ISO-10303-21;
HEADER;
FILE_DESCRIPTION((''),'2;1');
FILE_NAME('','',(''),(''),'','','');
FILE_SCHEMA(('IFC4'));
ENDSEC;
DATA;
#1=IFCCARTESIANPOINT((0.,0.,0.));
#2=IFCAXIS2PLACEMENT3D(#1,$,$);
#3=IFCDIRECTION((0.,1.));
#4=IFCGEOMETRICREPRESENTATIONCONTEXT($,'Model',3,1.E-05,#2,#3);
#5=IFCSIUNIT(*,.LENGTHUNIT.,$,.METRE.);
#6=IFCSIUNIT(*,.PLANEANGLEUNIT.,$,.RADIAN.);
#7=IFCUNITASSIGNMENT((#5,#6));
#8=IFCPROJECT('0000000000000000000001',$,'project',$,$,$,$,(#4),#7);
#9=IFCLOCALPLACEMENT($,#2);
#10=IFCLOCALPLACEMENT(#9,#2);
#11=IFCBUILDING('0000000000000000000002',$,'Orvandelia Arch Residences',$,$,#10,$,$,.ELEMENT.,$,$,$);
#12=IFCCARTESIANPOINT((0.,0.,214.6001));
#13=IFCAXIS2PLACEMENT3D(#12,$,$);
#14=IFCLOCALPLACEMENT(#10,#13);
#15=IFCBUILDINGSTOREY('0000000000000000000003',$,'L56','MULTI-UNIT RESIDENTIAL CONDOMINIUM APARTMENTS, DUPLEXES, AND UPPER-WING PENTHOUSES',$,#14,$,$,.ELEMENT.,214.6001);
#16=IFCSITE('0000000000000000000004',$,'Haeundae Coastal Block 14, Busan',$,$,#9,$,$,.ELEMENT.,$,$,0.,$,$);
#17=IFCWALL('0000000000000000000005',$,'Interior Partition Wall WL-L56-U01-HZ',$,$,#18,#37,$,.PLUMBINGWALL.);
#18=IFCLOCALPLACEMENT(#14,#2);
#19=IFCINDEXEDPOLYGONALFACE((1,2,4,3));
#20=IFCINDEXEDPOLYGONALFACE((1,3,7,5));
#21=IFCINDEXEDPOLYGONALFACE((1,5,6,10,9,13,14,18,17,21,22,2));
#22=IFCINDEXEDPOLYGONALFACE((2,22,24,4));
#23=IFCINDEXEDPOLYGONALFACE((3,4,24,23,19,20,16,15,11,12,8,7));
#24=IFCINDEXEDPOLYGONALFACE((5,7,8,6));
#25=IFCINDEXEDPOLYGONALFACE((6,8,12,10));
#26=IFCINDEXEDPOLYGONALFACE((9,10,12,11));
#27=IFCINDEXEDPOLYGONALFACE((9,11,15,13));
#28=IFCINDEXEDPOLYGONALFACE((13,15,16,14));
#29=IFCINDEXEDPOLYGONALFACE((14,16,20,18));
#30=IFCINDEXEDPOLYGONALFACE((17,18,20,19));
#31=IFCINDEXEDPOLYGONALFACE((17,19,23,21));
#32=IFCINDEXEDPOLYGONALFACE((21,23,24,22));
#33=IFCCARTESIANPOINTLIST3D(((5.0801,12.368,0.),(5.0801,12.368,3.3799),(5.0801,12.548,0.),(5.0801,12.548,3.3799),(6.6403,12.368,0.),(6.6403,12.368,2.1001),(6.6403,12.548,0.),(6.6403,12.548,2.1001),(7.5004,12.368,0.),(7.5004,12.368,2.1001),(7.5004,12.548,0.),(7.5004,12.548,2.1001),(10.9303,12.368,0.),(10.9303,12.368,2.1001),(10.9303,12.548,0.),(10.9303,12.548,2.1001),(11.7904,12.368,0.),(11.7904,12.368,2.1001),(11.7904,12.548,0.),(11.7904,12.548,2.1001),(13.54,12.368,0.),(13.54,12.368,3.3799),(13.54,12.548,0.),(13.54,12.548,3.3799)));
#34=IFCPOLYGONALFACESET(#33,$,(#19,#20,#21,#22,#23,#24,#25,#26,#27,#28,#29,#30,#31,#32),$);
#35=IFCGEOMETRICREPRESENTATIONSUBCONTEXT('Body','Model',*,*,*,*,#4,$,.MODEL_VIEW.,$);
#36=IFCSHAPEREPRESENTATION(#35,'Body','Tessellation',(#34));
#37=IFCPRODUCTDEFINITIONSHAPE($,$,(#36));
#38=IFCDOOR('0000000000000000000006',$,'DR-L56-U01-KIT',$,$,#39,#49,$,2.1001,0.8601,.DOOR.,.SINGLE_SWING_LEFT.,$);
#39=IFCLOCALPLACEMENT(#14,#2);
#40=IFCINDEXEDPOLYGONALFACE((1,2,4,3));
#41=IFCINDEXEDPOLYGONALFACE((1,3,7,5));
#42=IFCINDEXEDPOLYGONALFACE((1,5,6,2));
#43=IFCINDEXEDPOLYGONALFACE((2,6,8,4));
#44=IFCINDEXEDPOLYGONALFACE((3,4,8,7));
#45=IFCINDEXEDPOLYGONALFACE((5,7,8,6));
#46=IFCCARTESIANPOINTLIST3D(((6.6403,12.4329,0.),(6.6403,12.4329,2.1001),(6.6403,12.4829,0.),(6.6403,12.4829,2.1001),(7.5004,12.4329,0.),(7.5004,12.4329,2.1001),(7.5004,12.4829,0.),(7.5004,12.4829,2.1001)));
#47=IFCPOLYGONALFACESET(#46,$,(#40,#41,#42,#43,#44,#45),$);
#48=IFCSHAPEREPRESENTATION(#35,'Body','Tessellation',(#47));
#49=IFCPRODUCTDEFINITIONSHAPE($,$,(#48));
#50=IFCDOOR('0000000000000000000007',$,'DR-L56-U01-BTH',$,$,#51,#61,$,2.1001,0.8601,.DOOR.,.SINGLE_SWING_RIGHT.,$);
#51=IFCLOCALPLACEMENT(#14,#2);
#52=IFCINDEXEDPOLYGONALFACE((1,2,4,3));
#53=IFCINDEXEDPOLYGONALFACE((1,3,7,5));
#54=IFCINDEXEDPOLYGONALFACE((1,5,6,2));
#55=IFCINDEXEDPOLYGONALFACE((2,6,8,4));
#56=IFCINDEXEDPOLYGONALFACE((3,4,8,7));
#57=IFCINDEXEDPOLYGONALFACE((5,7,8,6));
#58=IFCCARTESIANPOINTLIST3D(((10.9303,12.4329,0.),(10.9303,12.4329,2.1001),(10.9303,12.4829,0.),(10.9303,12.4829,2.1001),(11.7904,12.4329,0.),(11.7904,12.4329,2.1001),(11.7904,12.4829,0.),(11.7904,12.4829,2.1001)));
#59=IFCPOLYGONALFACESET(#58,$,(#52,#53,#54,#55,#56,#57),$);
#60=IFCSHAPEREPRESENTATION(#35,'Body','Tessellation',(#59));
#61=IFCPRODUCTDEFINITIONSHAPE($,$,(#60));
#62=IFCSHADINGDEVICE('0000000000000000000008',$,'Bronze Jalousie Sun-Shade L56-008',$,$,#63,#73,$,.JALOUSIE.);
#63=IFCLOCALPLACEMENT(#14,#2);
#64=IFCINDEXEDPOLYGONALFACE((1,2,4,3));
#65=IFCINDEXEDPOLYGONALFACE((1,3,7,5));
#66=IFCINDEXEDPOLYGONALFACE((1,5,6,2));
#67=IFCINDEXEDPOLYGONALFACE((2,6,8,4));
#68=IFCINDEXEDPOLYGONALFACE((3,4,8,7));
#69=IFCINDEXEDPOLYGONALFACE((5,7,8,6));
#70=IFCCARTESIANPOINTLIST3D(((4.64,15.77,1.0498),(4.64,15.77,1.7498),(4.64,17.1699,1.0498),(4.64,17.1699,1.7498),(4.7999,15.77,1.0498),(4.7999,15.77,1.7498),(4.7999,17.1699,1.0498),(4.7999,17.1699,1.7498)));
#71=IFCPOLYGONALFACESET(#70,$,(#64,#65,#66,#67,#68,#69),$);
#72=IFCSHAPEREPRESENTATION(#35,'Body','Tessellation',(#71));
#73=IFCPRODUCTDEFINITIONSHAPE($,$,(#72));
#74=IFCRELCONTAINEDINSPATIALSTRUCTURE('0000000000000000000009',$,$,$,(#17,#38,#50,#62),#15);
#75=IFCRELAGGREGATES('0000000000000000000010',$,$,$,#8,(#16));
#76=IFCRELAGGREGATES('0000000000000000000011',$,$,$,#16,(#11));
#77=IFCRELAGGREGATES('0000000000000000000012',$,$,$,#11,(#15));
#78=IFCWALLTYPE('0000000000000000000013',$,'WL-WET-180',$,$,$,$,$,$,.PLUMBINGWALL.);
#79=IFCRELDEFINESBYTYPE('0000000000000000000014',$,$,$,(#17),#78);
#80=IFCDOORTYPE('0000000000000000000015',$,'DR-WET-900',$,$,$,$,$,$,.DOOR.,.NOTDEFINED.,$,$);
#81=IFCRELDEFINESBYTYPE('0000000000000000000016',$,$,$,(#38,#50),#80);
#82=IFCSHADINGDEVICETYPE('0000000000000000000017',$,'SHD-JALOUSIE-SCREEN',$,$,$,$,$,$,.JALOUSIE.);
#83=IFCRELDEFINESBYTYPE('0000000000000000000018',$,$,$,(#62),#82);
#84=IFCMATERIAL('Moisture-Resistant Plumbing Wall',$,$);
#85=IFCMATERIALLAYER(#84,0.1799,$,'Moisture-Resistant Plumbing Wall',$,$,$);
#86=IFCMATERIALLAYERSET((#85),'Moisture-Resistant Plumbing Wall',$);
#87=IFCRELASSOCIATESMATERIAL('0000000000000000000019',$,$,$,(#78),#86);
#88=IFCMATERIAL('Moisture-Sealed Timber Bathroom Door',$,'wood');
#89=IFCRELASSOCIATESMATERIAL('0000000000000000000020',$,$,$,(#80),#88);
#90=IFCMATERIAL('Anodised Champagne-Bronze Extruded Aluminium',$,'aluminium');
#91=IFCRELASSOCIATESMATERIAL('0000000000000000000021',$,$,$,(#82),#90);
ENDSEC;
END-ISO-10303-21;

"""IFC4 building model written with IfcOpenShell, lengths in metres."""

from ifc_helpers import new_model, si_unit, direction, frame, frame_2d, origin, origin_2d, place, context, subcontext, project, spatial, rectangle, extrude, material, layer, layer_set, type_object, element, fill, save


model = new_model("IFC4")

# Units and contexts
model_context = context("Model", 3, precision=1e-05, world=origin(), true_north=direction((0.0, 1.0)))
body_context = subcontext(model_context, "Body", "Model", "MODEL_VIEW")
ifc_project = project(units=[si_unit("LENGTHUNIT", "METRE"), si_unit("PLANEANGLEUNIT", "RADIAN")], contexts=[model_context])

# Site, building, storey
site_placement = place(None, origin())
site = spatial("IfcSite", under=ifc_project, at=site_placement, Name="Haeundae Coastal Block 14, Busan", CompositionType="ELEMENT", RefElevation=0.0)
building_placement = place(site_placement, origin())
building = spatial("IfcBuilding", under=site, at=building_placement, Name="Orvandelia Arch Residences", CompositionType="ELEMENT")
storey_placement = place(building_placement, frame((0.0, 0.0, 214.6001)))
storey = spatial("IfcBuildingStorey", under=building, at=storey_placement, Name="L56", Description="MULTI-UNIT RESIDENTIAL CONDOMINIUM APARTMENTS, DUPLEXES, AND UPPER-WING PENTHOUSES", CompositionType="ELEMENT", Elevation=214.6001)

# Wall, openings, doors
ifc_material_1 = material(Name="Moisture-Resistant Plumbing Wall")
ifc_layer_1 = layer(ifc_material_1, 0.1799, Name="Moisture-Resistant Plumbing Wall")
ifc_layer_set_1 = layer_set([ifc_layer_1], Name="Moisture-Resistant Plumbing Wall")
wall_type_1 = type_object("IfcWallType", Name="WL-WET-180", PredefinedType="PLUMBINGWALL", material=ifc_layer_set_1)
wall_1_placement = place(storey_placement, frame((5.0801, 12.458, 0.0), z_axis=(0.0, 0.0, 1.0), x_axis=(1.0, 0.0, 0.0)))
wall_1 = element("IfcWall", 1, at=wall_1_placement, inside=storey, type_object=wall_type_1, Name="Interior Partition Wall WL-L56-U01-HZ", PredefinedType="PLUMBINGWALL", context=body_context, shape_type="SweptSolid", body=[
    extrude(rectangle(XDim=8.46, YDim=0.1799, at=frame_2d((4.23, 0.0))), origin(), (0.0, 0.0, 1.0), 3.3799),
])
opening_1_placement = place(wall_1_placement, frame((1.5601, 0.0, 0.0)))
opening_1 = element("IfcOpeningElement", 2, at=opening_1_placement, cuts=wall_1, PredefinedType="OPENING", context=body_context, shape_type="SweptSolid", body=[
    extrude(rectangle(XDim=0.8601, YDim=2.1001, at=frame_2d((0.4302, 1.05))), frame((0.0, 0.1001, 0.0), z_axis=(0.0, -1.0, 0.0), x_axis=(1.0, 0.0, 0.0)), (0.0, 0.0, 1.0), 0.2),
])
opening_2_placement = place(wall_1_placement, frame((5.8501, 0.0, 0.0)))
opening_2 = element("IfcOpeningElement", 3, at=opening_2_placement, cuts=wall_1, PredefinedType="OPENING", context=body_context, shape_type="SweptSolid", body=[
    extrude(rectangle(XDim=0.8601, YDim=2.1001, at=frame_2d((0.4302, 1.05))), frame((0.0, 0.1001, 0.0), z_axis=(0.0, -1.0, 0.0), x_axis=(1.0, 0.0, 0.0)), (0.0, 0.0, 1.0), 0.2),
])
ifc_material_2 = material(Name="Moisture-Sealed Timber Bathroom Door", Category="wood")
door_type_1 = type_object("IfcDoorType", Name="DR-WET-900", OperationType="NOTDEFINED", PredefinedType="DOOR", material=ifc_material_2)
door_1_placement = place(opening_1_placement, origin())
door_1 = element("IfcDoor", 4, at=door_1_placement, inside=storey, type_object=door_type_1, Name="DR-L56-U01-KIT", OperationType="SINGLE_SWING_LEFT", OverallHeight=2.1001, OverallWidth=0.8601, PredefinedType="DOOR", context=body_context, shape_type="SweptSolid", body=[
    extrude(rectangle(XDim=0.8601, YDim=2.1001, at=frame_2d((0.4302, 1.05))), frame((0.0, 0.0249, 0.0), z_axis=(0.0, -1.0, 0.0), x_axis=(1.0, 0.0, 0.0)), (0.0, 0.0, 1.0), 0.05),
])
fill(opening_1, door_1)
door_2_placement = place(opening_2_placement, origin())
door_2 = element("IfcDoor", 5, at=door_2_placement, inside=storey, type_object=door_type_1, Name="DR-L56-U01-BTH", OperationType="SINGLE_SWING_RIGHT", OverallHeight=2.1001, OverallWidth=0.8601, PredefinedType="DOOR", context=body_context, shape_type="SweptSolid", body=[
    extrude(rectangle(XDim=0.8601, YDim=2.1001, at=frame_2d((0.4302, 1.05))), frame((0.0, 0.0249, 0.0), z_axis=(0.0, -1.0, 0.0), x_axis=(1.0, 0.0, 0.0)), (0.0, 0.0, 1.0), 0.05),
])
fill(opening_2, door_2)

# Shading device
ifc_material_3 = material(Name="Anodised Champagne-Bronze Extruded Aluminium", Category="aluminium")
shading_device_type = type_object("IfcShadingDeviceType", Name="SHD-JALOUSIE-SCREEN", PredefinedType="JALOUSIE", material=ifc_material_3)
shading_device_placement = place(storey_placement, frame((4.72, 16.47, 1.0498), z_axis=(0.0, 0.0, 1.0), x_axis=(0.0, 1.0, 0.0)))
element("IfcShadingDevice", 6, at=shading_device_placement, inside=storey, type_object=shading_device_type, Name="Bronze Jalousie Sun-Shade L56-008", PredefinedType="JALOUSIE", context=body_context, shape_type="SweptSolid", body=[
    extrude(rectangle(XDim=1.3999, YDim=0.1599, at=origin_2d()), origin(), (0.0, 0.0, 1.0), 0.7),
])

save(model, "model.ifc")
